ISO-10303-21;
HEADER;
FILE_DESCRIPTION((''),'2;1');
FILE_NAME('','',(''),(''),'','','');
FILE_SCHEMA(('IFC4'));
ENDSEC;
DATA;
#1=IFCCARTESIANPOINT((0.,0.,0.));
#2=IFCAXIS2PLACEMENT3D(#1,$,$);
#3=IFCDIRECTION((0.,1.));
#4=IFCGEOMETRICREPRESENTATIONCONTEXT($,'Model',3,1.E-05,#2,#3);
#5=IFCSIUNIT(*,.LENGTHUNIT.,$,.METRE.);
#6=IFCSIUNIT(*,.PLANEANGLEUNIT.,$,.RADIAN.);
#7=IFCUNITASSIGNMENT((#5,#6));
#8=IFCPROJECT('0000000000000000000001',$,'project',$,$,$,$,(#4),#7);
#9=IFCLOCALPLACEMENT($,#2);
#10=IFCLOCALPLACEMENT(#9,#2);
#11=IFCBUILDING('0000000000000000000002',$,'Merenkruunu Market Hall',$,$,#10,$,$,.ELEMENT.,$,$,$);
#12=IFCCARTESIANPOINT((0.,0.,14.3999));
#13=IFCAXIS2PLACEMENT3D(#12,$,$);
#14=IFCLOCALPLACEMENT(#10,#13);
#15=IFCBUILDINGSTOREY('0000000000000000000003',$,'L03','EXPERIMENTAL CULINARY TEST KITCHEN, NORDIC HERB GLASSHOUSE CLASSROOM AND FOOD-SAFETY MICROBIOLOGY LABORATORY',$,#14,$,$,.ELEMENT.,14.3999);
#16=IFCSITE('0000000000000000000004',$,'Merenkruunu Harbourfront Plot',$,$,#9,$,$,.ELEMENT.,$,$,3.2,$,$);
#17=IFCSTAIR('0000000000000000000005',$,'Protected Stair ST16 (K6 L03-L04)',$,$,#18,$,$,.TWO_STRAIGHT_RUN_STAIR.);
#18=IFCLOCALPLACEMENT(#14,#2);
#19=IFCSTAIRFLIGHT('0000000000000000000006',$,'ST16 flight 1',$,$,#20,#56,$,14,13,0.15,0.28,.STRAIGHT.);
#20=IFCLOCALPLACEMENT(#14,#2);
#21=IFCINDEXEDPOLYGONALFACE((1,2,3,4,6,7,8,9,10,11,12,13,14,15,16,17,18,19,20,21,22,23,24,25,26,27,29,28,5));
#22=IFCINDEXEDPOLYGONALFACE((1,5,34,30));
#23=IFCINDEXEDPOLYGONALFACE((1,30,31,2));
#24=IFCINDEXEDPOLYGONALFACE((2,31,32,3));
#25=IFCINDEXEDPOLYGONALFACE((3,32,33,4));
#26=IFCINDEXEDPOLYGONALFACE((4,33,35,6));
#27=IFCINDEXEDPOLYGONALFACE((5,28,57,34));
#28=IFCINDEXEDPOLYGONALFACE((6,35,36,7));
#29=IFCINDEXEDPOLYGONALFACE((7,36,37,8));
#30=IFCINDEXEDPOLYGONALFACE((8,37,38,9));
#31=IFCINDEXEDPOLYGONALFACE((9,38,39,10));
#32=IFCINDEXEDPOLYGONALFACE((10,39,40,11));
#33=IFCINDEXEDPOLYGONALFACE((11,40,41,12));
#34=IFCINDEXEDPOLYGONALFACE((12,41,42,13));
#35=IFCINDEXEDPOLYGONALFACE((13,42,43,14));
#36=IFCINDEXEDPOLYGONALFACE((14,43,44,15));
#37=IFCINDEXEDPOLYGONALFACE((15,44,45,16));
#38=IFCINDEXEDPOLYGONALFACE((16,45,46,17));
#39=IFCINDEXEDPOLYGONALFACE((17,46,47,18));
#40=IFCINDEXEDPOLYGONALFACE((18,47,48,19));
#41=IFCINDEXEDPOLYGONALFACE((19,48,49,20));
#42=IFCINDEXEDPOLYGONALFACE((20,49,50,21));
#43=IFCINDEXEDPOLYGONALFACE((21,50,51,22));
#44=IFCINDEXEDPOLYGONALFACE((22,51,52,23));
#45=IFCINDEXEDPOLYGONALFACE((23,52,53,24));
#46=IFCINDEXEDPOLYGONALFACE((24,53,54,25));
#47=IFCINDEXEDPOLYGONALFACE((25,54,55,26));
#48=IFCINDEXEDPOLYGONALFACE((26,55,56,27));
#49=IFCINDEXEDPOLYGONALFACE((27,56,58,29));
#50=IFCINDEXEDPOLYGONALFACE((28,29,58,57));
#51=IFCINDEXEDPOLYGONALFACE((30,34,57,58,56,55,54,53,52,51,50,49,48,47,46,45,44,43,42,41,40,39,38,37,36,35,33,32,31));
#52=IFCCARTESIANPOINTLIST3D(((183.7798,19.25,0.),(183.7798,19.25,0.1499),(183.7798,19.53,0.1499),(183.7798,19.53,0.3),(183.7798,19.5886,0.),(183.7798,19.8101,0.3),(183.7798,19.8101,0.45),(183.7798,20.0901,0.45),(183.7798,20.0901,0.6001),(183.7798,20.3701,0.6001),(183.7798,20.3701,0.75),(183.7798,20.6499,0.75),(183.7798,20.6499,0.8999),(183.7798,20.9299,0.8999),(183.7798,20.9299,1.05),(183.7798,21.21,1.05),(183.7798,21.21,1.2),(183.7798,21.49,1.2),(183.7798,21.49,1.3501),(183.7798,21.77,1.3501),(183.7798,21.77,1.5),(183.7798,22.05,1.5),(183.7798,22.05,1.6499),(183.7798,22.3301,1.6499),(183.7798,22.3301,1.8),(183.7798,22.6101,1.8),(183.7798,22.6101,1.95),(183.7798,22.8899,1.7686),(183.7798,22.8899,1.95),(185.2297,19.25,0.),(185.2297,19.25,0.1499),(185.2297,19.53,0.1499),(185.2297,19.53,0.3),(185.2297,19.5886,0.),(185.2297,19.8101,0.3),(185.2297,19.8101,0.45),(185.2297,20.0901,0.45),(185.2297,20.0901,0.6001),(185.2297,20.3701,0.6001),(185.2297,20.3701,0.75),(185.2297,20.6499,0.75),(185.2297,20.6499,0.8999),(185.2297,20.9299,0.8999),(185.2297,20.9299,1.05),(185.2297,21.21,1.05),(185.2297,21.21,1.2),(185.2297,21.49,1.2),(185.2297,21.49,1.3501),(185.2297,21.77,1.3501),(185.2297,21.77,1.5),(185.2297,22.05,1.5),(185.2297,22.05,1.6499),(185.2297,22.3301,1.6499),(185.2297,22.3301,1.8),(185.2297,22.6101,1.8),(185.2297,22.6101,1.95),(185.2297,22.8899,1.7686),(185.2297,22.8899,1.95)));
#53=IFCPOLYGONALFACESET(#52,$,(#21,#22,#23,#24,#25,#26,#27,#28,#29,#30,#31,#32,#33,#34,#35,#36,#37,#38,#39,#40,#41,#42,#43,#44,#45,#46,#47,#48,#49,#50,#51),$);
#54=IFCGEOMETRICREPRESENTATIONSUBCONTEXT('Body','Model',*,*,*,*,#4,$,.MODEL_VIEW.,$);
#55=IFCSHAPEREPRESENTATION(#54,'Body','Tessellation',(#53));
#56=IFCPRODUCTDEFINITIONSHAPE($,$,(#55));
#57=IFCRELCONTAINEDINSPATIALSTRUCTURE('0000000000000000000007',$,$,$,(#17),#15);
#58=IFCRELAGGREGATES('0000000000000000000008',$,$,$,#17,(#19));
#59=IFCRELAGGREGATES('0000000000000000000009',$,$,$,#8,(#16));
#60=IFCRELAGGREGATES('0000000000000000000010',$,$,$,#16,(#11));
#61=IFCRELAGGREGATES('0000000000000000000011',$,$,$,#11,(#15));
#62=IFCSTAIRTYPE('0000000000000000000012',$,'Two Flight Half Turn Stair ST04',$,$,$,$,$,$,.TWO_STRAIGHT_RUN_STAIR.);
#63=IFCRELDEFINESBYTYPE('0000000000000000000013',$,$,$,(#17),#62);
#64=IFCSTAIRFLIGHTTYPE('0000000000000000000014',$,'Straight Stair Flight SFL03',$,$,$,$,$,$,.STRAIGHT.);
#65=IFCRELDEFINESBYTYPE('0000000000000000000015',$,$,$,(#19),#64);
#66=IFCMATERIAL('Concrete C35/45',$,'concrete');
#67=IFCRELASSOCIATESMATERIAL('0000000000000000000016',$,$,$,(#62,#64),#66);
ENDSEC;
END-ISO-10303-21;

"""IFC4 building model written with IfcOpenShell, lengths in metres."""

from ifc_helpers import new_model, si_unit, direction, frame, origin, place, context, subcontext, project, spatial, polyline, outline, extrude, material, type_object, element, aggregate, save


model = new_model("IFC4")

# Units and contexts
model_context = context("Model", 3, precision=1e-05, world=origin(), true_north=direction((0.0, 1.0)))
body_context = subcontext(model_context, "Body", "Model", "MODEL_VIEW")
ifc_project = project(units=[si_unit("LENGTHUNIT", "METRE"), si_unit("PLANEANGLEUNIT", "RADIAN")], contexts=[model_context])

# Site, building, storey
site_placement = place(None, origin())
site = spatial("IfcSite", under=ifc_project, at=site_placement, Name="Merenkruunu Harbourfront Plot", CompositionType="ELEMENT", RefElevation=3.2)
building_placement = place(site_placement, origin())
building = spatial("IfcBuilding", under=site, at=building_placement, Name="Merenkruunu Market Hall", CompositionType="ELEMENT")
storey_placement = place(building_placement, frame((0.0, 0.0, 14.3999)))
storey = spatial("IfcBuildingStorey", under=building, at=storey_placement, Name="L03", Description="EXPERIMENTAL CULINARY TEST KITCHEN, NORDIC HERB GLASSHOUSE CLASSROOM AND FOOD-SAFETY MICROBIOLOGY LABORATORY", CompositionType="ELEMENT", Elevation=14.3999)

# Shared definitions
ifc_material_1 = material(Name="Concrete C35/45", Category="concrete")

# Stair, stair flight
stair_type = type_object("IfcStairType", Name="Two Flight Half Turn Stair ST04", PredefinedType="TWO_STRAIGHT_RUN_STAIR", material=ifc_material_1)
stair_flight_type = type_object("IfcStairFlightType", Name="Straight Stair Flight SFL03", PredefinedType="STRAIGHT", material=ifc_material_1)
stair_1_placement = place(storey_placement, origin())
stair_1 = element("IfcStair", 1, at=stair_1_placement, inside=storey, type_object=stair_type, Name="Protected Stair ST16 (K6 L03-L04)", PredefinedType="TWO_STRAIGHT_RUN_STAIR")
stair_flight_1_placement = place(storey_placement, frame((184.5049, 19.25, 0.0), z_axis=(0.0, 0.0, 1.0), x_axis=(0.0, 1.0, 0.0)))
stair_flight_1 = element("IfcStairFlight", 2, at=stair_flight_1_placement, type_object=stair_flight_type, Name="ST16 flight 1", NumberOfRisers=14, NumberOfTreads=13, PredefinedType="STRAIGHT", RiserHeight=0.15, TreadLength=0.28, context=body_context, shape_type="SweptSolid", body=[
    extrude(outline(polyline([(0.0, 0.0), (0.0, 0.1499), (0.28, 0.1499), (0.28, 0.3), (0.5601, 0.3), (0.5601, 0.45), (0.8401, 0.45), (0.8401, 0.6001), (1.1201, 0.6001), (1.1201, 0.75), (1.3999, 0.75), (1.3999, 0.8999), (1.6799, 0.8999), (1.6799, 1.05), (1.96, 1.05), (1.96, 1.2), (2.24, 1.2), (2.24, 1.3501), (2.52, 1.3501), (2.52, 1.5), (2.8, 1.5), (2.8, 1.6499), (3.0801, 1.6499), (3.0801, 1.8), (3.3601, 1.8), (3.3601, 1.95), (3.6399, 1.95), (3.6399, 2.1001), (3.6399, 1.7686), (0.3386, 0.0), (0.0, 0.0)])), frame((0.0, 0.7251, 0.0), z_axis=(0.0, -1.0, 0.0), x_axis=(1.0, 0.0, 0.0)), (0.0, 0.0, 1.0), 1.45),
])
aggregate(stair_1, [stair_flight_1])

save(model, "model.ifc")
